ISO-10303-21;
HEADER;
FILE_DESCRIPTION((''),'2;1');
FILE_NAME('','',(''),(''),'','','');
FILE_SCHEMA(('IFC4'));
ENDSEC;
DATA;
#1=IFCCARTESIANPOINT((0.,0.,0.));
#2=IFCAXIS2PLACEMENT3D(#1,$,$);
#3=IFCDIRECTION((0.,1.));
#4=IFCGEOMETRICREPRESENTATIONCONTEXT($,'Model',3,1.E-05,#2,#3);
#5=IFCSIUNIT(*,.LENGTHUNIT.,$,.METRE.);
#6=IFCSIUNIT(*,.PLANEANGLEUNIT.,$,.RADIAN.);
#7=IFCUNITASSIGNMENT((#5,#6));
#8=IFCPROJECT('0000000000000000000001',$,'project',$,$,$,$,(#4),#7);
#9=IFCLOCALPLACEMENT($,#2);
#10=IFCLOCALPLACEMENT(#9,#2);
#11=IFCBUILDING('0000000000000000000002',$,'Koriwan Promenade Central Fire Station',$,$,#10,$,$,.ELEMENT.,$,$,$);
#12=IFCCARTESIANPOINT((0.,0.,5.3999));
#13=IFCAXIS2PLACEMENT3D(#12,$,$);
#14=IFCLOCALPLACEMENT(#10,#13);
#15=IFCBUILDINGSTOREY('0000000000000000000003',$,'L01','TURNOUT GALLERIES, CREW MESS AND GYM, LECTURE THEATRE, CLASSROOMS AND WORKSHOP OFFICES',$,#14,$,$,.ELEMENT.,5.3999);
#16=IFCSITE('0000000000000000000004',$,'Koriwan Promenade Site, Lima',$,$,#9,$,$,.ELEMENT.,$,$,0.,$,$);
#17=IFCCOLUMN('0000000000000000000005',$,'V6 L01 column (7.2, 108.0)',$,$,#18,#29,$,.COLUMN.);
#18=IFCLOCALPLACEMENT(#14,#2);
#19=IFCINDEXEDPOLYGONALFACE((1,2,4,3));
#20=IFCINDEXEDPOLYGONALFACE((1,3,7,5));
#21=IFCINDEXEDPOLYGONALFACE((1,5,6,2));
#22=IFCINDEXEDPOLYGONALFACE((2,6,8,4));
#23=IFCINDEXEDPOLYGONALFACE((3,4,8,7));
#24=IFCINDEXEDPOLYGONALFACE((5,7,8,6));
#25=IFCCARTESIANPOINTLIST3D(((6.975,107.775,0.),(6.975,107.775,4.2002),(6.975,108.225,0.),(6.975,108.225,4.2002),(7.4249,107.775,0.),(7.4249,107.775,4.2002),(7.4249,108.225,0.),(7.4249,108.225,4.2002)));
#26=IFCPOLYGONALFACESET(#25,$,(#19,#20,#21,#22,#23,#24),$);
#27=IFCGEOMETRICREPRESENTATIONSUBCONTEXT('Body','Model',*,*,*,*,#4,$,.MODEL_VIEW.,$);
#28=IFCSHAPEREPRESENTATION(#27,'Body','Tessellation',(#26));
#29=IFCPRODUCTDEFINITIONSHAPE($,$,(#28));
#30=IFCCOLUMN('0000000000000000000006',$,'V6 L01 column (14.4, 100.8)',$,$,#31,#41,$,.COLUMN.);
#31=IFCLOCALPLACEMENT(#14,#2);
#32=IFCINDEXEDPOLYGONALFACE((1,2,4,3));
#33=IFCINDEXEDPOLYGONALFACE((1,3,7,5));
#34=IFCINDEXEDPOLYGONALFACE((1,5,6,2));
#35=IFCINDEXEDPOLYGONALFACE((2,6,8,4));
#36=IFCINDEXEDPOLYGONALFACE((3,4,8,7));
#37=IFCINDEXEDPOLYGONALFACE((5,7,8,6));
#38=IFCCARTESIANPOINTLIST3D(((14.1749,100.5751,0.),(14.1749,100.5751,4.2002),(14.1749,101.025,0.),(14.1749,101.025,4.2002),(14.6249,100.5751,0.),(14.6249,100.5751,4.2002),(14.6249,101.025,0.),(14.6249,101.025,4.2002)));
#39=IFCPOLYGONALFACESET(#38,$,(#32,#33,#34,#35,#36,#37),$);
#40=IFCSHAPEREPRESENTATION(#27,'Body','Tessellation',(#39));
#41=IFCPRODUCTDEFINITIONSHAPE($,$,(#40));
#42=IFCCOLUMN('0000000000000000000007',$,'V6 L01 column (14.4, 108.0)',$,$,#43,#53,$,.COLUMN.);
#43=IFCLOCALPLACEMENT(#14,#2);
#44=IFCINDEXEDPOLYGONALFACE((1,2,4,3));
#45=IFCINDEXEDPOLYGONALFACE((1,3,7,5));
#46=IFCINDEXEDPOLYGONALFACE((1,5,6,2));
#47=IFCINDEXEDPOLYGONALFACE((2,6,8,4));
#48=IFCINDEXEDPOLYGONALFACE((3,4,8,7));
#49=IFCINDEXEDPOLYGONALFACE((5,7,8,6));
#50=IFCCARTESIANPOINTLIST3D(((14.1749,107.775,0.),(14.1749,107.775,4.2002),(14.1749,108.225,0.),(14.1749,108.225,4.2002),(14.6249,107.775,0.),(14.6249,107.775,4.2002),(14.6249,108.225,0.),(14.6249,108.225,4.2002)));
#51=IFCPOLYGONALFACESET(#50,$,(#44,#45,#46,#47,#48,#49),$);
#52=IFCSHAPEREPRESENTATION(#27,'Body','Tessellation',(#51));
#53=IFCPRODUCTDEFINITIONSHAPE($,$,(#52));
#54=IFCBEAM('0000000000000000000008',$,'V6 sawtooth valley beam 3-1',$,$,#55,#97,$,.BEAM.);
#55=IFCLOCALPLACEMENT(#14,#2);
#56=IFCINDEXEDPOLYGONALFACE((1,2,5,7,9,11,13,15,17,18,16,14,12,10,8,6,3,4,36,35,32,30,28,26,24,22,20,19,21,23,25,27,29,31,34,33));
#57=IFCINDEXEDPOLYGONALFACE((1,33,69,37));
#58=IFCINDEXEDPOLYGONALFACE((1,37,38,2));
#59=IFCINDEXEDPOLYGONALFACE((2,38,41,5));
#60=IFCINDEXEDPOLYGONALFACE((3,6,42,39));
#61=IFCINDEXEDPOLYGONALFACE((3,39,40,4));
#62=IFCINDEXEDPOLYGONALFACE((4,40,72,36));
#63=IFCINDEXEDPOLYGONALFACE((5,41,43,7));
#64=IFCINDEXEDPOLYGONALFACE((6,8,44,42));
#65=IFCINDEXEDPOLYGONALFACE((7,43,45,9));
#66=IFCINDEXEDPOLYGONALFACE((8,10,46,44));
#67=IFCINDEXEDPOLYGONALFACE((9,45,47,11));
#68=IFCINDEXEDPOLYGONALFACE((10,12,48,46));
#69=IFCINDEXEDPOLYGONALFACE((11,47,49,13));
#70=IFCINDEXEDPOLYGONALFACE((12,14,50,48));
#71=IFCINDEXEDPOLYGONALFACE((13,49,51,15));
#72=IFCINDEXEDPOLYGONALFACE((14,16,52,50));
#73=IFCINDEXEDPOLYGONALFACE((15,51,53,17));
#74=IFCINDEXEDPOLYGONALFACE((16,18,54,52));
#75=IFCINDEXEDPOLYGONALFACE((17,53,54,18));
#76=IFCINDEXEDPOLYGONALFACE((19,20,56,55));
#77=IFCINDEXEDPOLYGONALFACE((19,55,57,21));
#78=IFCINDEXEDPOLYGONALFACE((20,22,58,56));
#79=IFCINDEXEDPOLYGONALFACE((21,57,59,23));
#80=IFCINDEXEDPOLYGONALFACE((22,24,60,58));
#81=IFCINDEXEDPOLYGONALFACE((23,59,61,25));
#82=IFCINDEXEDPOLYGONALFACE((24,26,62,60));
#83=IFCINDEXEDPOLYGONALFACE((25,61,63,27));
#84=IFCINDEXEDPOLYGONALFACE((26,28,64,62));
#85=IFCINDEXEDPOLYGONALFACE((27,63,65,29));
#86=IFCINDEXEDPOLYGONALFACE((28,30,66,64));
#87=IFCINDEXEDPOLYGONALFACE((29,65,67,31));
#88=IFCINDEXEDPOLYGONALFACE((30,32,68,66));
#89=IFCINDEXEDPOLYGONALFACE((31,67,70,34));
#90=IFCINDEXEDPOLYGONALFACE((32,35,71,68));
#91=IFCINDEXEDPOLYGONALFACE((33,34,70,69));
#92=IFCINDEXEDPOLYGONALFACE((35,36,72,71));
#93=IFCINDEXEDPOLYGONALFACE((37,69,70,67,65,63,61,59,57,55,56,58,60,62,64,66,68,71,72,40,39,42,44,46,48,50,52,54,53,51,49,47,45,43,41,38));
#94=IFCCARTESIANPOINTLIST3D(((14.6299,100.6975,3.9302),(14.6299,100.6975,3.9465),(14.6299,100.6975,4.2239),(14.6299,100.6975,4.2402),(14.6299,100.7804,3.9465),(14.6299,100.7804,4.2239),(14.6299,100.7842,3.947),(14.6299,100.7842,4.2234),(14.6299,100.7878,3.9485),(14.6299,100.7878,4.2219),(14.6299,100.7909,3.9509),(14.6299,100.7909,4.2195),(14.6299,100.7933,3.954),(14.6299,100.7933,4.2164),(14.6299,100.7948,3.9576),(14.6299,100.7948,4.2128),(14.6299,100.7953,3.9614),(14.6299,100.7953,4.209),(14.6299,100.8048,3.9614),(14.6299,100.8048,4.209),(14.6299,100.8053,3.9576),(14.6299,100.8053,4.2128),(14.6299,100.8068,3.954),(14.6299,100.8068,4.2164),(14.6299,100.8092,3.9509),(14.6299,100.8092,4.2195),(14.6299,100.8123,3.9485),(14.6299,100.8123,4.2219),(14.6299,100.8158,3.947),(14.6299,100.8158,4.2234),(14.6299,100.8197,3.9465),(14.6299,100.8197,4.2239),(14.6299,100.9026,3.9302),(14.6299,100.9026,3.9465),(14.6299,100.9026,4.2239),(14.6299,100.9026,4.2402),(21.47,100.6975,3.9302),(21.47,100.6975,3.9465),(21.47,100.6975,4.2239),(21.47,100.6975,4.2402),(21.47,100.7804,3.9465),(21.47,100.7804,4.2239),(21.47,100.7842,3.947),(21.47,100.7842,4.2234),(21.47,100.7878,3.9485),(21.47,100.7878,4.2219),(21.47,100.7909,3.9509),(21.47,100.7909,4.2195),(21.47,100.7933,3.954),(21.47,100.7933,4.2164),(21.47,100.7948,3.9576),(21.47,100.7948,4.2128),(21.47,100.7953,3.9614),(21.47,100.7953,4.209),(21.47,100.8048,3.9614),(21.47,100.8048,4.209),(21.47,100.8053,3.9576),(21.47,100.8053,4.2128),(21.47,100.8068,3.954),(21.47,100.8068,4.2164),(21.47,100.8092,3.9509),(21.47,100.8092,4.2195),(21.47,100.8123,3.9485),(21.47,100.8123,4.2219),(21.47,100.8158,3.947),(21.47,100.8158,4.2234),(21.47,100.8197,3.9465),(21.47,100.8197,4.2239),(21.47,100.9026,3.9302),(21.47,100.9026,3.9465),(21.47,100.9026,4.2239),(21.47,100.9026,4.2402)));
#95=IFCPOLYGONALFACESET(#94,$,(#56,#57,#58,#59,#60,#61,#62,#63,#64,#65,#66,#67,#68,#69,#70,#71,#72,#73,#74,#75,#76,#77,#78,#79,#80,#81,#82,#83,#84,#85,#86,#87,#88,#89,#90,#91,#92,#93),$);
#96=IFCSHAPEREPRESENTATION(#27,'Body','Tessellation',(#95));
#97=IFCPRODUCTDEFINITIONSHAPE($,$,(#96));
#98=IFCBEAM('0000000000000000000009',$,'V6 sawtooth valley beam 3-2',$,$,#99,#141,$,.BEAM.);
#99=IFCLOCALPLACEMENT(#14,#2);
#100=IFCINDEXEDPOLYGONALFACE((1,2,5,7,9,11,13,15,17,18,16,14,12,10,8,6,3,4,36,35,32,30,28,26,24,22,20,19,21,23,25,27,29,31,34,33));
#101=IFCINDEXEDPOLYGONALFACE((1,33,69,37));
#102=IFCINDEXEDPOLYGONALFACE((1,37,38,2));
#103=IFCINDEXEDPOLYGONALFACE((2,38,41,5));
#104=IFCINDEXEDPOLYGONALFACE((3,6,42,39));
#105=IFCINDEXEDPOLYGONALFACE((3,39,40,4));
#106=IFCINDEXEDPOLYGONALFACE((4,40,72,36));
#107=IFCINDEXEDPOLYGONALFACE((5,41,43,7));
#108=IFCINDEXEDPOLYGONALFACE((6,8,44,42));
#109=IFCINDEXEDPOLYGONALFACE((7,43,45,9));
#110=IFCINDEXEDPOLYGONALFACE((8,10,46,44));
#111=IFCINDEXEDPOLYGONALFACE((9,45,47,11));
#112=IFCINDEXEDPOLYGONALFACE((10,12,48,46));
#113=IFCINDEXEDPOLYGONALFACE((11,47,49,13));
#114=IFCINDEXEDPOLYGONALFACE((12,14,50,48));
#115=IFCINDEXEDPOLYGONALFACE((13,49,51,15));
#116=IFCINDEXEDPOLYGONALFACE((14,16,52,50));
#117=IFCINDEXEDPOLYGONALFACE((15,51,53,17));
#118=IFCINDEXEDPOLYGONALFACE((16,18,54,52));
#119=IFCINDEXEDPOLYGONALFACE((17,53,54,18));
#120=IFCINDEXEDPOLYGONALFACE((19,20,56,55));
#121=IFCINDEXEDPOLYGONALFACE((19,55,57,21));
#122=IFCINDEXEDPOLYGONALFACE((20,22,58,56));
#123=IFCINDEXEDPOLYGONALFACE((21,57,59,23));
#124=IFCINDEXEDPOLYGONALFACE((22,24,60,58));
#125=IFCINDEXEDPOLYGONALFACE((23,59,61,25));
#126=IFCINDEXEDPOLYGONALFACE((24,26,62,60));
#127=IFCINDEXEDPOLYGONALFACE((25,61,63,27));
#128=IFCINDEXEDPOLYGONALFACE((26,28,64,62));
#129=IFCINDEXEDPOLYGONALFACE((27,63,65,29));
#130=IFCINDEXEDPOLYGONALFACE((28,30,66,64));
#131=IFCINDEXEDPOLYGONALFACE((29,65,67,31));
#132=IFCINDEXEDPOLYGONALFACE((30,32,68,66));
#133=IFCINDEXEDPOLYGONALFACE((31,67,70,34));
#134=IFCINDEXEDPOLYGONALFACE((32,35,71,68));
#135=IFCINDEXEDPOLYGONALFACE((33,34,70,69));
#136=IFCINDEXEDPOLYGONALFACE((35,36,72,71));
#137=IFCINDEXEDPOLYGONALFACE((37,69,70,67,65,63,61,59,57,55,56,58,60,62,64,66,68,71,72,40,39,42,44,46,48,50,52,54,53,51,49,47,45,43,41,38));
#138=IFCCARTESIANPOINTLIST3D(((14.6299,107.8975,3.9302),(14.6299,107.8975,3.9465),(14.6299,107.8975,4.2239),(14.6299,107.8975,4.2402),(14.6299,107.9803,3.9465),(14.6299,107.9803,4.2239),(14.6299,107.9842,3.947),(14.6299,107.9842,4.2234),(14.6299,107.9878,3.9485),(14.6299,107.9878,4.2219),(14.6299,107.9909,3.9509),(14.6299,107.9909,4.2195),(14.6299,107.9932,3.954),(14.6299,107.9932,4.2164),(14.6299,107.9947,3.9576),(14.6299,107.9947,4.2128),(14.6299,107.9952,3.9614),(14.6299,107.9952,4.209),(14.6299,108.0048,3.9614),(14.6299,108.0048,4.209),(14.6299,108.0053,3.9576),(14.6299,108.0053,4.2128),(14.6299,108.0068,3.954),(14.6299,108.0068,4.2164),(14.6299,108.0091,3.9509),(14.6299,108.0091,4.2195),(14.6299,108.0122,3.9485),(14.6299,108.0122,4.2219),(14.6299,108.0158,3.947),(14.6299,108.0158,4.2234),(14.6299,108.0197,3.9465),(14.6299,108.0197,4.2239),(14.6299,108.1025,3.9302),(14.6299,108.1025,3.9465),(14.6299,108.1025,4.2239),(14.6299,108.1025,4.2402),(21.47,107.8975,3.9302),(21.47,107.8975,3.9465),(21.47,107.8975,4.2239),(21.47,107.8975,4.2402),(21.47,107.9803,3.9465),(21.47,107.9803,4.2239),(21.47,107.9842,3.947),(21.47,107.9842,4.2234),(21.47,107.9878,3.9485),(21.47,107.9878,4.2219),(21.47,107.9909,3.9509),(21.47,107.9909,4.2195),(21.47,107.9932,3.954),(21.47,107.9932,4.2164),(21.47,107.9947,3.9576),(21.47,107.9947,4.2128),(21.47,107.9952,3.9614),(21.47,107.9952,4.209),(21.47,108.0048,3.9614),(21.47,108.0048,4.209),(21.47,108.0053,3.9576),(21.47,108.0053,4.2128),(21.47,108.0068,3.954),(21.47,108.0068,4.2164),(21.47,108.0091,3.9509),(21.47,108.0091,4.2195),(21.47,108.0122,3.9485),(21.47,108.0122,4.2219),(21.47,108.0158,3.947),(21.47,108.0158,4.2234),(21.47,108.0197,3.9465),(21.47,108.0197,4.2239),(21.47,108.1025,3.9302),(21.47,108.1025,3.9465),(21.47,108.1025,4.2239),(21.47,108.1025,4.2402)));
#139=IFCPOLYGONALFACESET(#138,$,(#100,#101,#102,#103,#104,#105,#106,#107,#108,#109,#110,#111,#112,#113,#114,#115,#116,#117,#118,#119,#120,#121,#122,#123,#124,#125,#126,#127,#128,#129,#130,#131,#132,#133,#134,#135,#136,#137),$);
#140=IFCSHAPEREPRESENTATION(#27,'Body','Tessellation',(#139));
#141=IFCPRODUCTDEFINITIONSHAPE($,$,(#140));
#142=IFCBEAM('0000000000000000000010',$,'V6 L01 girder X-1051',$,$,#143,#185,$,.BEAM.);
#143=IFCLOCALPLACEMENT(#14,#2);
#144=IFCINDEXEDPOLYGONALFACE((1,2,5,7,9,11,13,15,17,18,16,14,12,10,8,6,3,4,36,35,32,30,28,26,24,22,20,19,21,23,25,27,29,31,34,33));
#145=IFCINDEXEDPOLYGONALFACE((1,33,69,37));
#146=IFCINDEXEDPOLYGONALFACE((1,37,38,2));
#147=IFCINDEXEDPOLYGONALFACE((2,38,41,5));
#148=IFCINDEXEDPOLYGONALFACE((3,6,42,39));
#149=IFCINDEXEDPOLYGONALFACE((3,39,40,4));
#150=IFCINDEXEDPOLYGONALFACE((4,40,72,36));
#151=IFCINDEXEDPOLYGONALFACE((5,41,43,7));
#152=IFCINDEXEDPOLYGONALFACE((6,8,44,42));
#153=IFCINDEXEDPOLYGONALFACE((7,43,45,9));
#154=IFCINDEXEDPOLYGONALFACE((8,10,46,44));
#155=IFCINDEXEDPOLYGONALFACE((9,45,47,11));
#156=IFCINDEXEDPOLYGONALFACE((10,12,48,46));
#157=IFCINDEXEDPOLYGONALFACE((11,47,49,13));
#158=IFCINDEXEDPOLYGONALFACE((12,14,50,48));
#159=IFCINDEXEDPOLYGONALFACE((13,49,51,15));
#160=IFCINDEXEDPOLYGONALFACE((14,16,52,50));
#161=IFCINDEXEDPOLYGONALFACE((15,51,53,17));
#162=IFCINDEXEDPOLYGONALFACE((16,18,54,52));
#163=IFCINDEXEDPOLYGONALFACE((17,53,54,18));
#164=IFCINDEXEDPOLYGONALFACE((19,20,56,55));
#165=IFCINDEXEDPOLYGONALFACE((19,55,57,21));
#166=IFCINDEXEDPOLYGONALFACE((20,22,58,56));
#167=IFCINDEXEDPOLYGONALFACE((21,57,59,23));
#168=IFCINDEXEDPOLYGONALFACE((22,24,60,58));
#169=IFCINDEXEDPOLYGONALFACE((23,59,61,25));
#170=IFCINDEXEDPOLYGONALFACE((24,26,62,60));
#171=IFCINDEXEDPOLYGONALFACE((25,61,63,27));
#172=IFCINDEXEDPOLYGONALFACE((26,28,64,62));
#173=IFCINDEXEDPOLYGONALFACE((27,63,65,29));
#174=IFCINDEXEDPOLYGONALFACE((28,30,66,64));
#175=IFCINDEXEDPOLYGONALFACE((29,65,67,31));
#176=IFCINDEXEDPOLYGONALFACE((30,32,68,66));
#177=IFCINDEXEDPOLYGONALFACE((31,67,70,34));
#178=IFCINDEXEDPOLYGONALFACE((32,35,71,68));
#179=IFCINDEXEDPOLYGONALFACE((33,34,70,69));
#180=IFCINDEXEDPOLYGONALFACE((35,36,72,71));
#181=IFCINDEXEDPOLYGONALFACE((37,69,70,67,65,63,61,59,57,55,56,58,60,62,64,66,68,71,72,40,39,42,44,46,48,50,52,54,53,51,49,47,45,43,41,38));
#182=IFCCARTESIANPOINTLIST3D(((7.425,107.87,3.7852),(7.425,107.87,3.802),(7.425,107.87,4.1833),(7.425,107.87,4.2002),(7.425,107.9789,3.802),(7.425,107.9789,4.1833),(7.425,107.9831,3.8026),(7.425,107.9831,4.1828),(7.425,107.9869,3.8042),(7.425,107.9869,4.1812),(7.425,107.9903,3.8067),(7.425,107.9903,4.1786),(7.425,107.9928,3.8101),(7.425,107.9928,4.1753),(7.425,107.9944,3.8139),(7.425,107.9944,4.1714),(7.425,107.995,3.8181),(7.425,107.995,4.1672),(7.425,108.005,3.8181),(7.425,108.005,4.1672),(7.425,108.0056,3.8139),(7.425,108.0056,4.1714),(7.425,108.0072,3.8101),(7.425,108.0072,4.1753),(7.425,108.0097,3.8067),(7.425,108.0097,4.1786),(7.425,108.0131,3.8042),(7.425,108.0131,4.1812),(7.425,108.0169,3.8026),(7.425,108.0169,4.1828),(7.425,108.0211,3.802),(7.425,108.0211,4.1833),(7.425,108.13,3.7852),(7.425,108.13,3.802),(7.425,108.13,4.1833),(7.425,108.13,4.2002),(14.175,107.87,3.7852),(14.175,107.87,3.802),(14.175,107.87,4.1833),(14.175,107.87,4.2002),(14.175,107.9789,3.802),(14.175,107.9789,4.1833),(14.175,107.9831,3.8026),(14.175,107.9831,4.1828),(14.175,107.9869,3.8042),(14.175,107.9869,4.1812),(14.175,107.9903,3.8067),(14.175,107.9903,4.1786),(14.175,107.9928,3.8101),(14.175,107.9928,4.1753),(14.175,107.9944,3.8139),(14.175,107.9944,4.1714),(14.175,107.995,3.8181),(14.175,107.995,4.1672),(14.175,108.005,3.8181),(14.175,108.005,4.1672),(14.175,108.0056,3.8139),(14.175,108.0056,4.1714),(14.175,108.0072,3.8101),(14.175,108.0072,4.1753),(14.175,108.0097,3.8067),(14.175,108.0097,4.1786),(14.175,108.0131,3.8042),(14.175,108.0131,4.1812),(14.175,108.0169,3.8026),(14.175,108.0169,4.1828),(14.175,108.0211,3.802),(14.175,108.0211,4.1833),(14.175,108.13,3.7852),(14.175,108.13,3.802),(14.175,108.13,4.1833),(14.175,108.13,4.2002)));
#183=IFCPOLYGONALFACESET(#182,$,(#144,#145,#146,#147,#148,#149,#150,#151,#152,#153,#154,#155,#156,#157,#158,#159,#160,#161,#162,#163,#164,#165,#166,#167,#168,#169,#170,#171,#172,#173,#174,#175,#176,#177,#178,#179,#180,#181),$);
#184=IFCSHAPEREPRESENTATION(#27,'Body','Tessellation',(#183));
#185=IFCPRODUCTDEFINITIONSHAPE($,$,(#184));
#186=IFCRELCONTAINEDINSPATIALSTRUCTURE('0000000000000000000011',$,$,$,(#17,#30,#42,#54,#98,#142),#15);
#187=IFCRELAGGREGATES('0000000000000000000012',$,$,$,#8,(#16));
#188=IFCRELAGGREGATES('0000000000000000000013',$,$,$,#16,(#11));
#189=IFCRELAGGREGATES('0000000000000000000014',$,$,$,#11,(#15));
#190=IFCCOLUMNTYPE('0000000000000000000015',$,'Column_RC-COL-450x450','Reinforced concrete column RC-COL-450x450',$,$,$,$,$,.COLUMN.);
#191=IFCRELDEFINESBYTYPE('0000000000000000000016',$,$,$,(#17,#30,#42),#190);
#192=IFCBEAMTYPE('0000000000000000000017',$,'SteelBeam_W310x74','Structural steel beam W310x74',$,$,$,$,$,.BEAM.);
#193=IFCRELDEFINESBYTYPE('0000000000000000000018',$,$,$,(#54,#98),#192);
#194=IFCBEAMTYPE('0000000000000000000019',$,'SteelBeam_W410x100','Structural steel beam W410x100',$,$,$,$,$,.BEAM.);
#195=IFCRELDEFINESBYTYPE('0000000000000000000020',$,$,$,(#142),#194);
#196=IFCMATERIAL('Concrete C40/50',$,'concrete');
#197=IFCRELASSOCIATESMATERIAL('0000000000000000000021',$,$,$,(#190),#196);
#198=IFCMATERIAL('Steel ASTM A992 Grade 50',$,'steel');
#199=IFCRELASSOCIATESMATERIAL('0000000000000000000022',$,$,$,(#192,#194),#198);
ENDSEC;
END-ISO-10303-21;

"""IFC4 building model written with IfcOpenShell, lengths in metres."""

from ifc_helpers import new_model, si_unit, direction, frame, origin, origin_2d, place, context, subcontext, project, spatial, rectangle, i_section, extrude, material, material_profile, profile_set, type_object, element, save


model = new_model("IFC4")

# Units and contexts
model_context = context("Model", 3, precision=1e-05, world=origin(), true_north=direction((0.0, 1.0)))
body_context = subcontext(model_context, "Body", "Model", "MODEL_VIEW")
ifc_project = project(units=[si_unit("LENGTHUNIT", "METRE"), si_unit("PLANEANGLEUNIT", "RADIAN")], contexts=[model_context])

# Site, building, storey
site_placement = place(None, origin())
site = spatial("IfcSite", under=ifc_project, at=site_placement, Name="Koriwan Promenade Site, Lima", CompositionType="ELEMENT", RefElevation=0.0)
building_placement = place(site_placement, origin())
building = spatial("IfcBuilding", under=site, at=building_placement, Name="Koriwan Promenade Central Fire Station", CompositionType="ELEMENT")
storey_placement = place(building_placement, frame((0.0, 0.0, 5.3999)))
storey = spatial("IfcBuildingStorey", under=building, at=storey_placement, Name="L01", Description="TURNOUT GALLERIES, CREW MESS AND GYM, LECTURE THEATRE, CLASSROOMS AND WORKSHOP OFFICES", CompositionType="ELEMENT", Elevation=5.3999)

# Columns
ifc_material_1 = material(Name="Concrete C40/50", Category="concrete")
ifc_material_profile_1 = material_profile(ifc_material_1, rectangle(XDim=0.45, YDim=0.45, at=origin_2d()), Name="RC-COL-450x450")
ifc_profile_set_1 = profile_set([ifc_material_profile_1], Name="Concrete C40/50")
column_type = type_object("IfcColumnType", Name="Column_RC-COL-450x450", Description="Reinforced concrete column RC-COL-450x450", PredefinedType="COLUMN", material=ifc_profile_set_1)
for number, where, z_axis, x_axis, name in (
    (1, (7.2, 108.0, 0.0), (0.0, 0.0, 1.0), (1.0, 0.0, 0.0), "V6 L01 column (7.2, 108.0)"),
    (2, (14.3999, 100.8, 0.0), (0.0, 0.0, 1.0), (1.0, 0.0, 0.0), "V6 L01 column (14.4, 100.8)"),
    (3, (14.3999, 108.0, 0.0), (0.0, 0.0, 1.0), (1.0, 0.0, 0.0), "V6 L01 column (14.4, 108.0)"),
):
    element("IfcColumn", number, at=place(storey_placement, frame(where, z_axis=z_axis, x_axis=x_axis)), inside=storey, type_object=column_type, Name=name, PredefinedType="COLUMN", context=body_context, shape_type="SweptSolid", body=[
        extrude(rectangle(XDim=0.45, YDim=0.45, at=origin_2d()), origin(), (0.0, 0.0, 1.0), 4.2002),
    ])

# Beams
ifc_material_2 = material(Name="Steel ASTM A992 Grade 50", Category="steel")
ifc_material_profile_2 = material_profile(ifc_material_2, i_section(OverallWidth=0.2051, OverallDepth=0.3101, WebThickness=0.0095, FlangeThickness=0.0164, FilletRadius=0.0149, at=origin_2d()), Name="W310x74")
ifc_profile_set_2 = profile_set([ifc_material_profile_2], Name="Steel ASTM A992 Grade 50")
beam_type_1 = type_object("IfcBeamType", Name="SteelBeam_W310x74", Description="Structural steel beam W310x74", PredefinedType="BEAM", material=ifc_profile_set_2)
for number, where, z_axis, x_axis, name in (
    (4, (14.6299, 100.8, 4.0852), (1.0, 0.0, 0.0), (0.0, 1.0, 0.0), "V6 sawtooth valley beam 3-1"),
    (5, (14.6299, 108.0, 4.0852), (1.0, 0.0, 0.0), (0.0, 1.0, 0.0), "V6 sawtooth valley beam 3-2"),
):
    element("IfcBeam", number, at=place(storey_placement, frame(where, z_axis=z_axis, x_axis=x_axis)), inside=storey, type_object=beam_type_1, Name=name, PredefinedType="BEAM", context=body_context, shape_type="SweptSolid", body=[
        extrude(i_section(OverallWidth=0.2051, OverallDepth=0.3101, WebThickness=0.0095, FlangeThickness=0.0164, FilletRadius=0.0149, at=origin_2d()), origin(), (0.0, 0.0, 1.0), 6.8401),
    ])
ifc_material_profile_3 = material_profile(ifc_material_2, i_section(OverallWidth=0.26, OverallDepth=0.415, WebThickness=0.01, FlangeThickness=0.0168, FilletRadius=0.0161, at=origin_2d()), Name="W410x100")
ifc_profile_set_3 = profile_set([ifc_material_profile_3], Name="Steel ASTM A992 Grade 50")
beam_type_2 = type_object("IfcBeamType", Name="SteelBeam_W410x100", Description="Structural steel beam W410x100", PredefinedType="BEAM", material=ifc_profile_set_3)
beam_placement = place(storey_placement, frame((7.425, 108.0, 3.9927), z_axis=(1.0, 0.0, 0.0), x_axis=(0.0, 1.0, 0.0)))
element("IfcBeam", 6, at=beam_placement, inside=storey, type_object=beam_type_2, Name="V6 L01 girder X-1051", PredefinedType="BEAM", context=body_context, shape_type="SweptSolid", body=[
    extrude(i_section(OverallWidth=0.26, OverallDepth=0.415, WebThickness=0.01, FlangeThickness=0.0168, FilletRadius=0.0161, at=origin_2d()), origin(), (0.0, 0.0, 1.0), 6.75),
])

save(model, "model.ifc")
